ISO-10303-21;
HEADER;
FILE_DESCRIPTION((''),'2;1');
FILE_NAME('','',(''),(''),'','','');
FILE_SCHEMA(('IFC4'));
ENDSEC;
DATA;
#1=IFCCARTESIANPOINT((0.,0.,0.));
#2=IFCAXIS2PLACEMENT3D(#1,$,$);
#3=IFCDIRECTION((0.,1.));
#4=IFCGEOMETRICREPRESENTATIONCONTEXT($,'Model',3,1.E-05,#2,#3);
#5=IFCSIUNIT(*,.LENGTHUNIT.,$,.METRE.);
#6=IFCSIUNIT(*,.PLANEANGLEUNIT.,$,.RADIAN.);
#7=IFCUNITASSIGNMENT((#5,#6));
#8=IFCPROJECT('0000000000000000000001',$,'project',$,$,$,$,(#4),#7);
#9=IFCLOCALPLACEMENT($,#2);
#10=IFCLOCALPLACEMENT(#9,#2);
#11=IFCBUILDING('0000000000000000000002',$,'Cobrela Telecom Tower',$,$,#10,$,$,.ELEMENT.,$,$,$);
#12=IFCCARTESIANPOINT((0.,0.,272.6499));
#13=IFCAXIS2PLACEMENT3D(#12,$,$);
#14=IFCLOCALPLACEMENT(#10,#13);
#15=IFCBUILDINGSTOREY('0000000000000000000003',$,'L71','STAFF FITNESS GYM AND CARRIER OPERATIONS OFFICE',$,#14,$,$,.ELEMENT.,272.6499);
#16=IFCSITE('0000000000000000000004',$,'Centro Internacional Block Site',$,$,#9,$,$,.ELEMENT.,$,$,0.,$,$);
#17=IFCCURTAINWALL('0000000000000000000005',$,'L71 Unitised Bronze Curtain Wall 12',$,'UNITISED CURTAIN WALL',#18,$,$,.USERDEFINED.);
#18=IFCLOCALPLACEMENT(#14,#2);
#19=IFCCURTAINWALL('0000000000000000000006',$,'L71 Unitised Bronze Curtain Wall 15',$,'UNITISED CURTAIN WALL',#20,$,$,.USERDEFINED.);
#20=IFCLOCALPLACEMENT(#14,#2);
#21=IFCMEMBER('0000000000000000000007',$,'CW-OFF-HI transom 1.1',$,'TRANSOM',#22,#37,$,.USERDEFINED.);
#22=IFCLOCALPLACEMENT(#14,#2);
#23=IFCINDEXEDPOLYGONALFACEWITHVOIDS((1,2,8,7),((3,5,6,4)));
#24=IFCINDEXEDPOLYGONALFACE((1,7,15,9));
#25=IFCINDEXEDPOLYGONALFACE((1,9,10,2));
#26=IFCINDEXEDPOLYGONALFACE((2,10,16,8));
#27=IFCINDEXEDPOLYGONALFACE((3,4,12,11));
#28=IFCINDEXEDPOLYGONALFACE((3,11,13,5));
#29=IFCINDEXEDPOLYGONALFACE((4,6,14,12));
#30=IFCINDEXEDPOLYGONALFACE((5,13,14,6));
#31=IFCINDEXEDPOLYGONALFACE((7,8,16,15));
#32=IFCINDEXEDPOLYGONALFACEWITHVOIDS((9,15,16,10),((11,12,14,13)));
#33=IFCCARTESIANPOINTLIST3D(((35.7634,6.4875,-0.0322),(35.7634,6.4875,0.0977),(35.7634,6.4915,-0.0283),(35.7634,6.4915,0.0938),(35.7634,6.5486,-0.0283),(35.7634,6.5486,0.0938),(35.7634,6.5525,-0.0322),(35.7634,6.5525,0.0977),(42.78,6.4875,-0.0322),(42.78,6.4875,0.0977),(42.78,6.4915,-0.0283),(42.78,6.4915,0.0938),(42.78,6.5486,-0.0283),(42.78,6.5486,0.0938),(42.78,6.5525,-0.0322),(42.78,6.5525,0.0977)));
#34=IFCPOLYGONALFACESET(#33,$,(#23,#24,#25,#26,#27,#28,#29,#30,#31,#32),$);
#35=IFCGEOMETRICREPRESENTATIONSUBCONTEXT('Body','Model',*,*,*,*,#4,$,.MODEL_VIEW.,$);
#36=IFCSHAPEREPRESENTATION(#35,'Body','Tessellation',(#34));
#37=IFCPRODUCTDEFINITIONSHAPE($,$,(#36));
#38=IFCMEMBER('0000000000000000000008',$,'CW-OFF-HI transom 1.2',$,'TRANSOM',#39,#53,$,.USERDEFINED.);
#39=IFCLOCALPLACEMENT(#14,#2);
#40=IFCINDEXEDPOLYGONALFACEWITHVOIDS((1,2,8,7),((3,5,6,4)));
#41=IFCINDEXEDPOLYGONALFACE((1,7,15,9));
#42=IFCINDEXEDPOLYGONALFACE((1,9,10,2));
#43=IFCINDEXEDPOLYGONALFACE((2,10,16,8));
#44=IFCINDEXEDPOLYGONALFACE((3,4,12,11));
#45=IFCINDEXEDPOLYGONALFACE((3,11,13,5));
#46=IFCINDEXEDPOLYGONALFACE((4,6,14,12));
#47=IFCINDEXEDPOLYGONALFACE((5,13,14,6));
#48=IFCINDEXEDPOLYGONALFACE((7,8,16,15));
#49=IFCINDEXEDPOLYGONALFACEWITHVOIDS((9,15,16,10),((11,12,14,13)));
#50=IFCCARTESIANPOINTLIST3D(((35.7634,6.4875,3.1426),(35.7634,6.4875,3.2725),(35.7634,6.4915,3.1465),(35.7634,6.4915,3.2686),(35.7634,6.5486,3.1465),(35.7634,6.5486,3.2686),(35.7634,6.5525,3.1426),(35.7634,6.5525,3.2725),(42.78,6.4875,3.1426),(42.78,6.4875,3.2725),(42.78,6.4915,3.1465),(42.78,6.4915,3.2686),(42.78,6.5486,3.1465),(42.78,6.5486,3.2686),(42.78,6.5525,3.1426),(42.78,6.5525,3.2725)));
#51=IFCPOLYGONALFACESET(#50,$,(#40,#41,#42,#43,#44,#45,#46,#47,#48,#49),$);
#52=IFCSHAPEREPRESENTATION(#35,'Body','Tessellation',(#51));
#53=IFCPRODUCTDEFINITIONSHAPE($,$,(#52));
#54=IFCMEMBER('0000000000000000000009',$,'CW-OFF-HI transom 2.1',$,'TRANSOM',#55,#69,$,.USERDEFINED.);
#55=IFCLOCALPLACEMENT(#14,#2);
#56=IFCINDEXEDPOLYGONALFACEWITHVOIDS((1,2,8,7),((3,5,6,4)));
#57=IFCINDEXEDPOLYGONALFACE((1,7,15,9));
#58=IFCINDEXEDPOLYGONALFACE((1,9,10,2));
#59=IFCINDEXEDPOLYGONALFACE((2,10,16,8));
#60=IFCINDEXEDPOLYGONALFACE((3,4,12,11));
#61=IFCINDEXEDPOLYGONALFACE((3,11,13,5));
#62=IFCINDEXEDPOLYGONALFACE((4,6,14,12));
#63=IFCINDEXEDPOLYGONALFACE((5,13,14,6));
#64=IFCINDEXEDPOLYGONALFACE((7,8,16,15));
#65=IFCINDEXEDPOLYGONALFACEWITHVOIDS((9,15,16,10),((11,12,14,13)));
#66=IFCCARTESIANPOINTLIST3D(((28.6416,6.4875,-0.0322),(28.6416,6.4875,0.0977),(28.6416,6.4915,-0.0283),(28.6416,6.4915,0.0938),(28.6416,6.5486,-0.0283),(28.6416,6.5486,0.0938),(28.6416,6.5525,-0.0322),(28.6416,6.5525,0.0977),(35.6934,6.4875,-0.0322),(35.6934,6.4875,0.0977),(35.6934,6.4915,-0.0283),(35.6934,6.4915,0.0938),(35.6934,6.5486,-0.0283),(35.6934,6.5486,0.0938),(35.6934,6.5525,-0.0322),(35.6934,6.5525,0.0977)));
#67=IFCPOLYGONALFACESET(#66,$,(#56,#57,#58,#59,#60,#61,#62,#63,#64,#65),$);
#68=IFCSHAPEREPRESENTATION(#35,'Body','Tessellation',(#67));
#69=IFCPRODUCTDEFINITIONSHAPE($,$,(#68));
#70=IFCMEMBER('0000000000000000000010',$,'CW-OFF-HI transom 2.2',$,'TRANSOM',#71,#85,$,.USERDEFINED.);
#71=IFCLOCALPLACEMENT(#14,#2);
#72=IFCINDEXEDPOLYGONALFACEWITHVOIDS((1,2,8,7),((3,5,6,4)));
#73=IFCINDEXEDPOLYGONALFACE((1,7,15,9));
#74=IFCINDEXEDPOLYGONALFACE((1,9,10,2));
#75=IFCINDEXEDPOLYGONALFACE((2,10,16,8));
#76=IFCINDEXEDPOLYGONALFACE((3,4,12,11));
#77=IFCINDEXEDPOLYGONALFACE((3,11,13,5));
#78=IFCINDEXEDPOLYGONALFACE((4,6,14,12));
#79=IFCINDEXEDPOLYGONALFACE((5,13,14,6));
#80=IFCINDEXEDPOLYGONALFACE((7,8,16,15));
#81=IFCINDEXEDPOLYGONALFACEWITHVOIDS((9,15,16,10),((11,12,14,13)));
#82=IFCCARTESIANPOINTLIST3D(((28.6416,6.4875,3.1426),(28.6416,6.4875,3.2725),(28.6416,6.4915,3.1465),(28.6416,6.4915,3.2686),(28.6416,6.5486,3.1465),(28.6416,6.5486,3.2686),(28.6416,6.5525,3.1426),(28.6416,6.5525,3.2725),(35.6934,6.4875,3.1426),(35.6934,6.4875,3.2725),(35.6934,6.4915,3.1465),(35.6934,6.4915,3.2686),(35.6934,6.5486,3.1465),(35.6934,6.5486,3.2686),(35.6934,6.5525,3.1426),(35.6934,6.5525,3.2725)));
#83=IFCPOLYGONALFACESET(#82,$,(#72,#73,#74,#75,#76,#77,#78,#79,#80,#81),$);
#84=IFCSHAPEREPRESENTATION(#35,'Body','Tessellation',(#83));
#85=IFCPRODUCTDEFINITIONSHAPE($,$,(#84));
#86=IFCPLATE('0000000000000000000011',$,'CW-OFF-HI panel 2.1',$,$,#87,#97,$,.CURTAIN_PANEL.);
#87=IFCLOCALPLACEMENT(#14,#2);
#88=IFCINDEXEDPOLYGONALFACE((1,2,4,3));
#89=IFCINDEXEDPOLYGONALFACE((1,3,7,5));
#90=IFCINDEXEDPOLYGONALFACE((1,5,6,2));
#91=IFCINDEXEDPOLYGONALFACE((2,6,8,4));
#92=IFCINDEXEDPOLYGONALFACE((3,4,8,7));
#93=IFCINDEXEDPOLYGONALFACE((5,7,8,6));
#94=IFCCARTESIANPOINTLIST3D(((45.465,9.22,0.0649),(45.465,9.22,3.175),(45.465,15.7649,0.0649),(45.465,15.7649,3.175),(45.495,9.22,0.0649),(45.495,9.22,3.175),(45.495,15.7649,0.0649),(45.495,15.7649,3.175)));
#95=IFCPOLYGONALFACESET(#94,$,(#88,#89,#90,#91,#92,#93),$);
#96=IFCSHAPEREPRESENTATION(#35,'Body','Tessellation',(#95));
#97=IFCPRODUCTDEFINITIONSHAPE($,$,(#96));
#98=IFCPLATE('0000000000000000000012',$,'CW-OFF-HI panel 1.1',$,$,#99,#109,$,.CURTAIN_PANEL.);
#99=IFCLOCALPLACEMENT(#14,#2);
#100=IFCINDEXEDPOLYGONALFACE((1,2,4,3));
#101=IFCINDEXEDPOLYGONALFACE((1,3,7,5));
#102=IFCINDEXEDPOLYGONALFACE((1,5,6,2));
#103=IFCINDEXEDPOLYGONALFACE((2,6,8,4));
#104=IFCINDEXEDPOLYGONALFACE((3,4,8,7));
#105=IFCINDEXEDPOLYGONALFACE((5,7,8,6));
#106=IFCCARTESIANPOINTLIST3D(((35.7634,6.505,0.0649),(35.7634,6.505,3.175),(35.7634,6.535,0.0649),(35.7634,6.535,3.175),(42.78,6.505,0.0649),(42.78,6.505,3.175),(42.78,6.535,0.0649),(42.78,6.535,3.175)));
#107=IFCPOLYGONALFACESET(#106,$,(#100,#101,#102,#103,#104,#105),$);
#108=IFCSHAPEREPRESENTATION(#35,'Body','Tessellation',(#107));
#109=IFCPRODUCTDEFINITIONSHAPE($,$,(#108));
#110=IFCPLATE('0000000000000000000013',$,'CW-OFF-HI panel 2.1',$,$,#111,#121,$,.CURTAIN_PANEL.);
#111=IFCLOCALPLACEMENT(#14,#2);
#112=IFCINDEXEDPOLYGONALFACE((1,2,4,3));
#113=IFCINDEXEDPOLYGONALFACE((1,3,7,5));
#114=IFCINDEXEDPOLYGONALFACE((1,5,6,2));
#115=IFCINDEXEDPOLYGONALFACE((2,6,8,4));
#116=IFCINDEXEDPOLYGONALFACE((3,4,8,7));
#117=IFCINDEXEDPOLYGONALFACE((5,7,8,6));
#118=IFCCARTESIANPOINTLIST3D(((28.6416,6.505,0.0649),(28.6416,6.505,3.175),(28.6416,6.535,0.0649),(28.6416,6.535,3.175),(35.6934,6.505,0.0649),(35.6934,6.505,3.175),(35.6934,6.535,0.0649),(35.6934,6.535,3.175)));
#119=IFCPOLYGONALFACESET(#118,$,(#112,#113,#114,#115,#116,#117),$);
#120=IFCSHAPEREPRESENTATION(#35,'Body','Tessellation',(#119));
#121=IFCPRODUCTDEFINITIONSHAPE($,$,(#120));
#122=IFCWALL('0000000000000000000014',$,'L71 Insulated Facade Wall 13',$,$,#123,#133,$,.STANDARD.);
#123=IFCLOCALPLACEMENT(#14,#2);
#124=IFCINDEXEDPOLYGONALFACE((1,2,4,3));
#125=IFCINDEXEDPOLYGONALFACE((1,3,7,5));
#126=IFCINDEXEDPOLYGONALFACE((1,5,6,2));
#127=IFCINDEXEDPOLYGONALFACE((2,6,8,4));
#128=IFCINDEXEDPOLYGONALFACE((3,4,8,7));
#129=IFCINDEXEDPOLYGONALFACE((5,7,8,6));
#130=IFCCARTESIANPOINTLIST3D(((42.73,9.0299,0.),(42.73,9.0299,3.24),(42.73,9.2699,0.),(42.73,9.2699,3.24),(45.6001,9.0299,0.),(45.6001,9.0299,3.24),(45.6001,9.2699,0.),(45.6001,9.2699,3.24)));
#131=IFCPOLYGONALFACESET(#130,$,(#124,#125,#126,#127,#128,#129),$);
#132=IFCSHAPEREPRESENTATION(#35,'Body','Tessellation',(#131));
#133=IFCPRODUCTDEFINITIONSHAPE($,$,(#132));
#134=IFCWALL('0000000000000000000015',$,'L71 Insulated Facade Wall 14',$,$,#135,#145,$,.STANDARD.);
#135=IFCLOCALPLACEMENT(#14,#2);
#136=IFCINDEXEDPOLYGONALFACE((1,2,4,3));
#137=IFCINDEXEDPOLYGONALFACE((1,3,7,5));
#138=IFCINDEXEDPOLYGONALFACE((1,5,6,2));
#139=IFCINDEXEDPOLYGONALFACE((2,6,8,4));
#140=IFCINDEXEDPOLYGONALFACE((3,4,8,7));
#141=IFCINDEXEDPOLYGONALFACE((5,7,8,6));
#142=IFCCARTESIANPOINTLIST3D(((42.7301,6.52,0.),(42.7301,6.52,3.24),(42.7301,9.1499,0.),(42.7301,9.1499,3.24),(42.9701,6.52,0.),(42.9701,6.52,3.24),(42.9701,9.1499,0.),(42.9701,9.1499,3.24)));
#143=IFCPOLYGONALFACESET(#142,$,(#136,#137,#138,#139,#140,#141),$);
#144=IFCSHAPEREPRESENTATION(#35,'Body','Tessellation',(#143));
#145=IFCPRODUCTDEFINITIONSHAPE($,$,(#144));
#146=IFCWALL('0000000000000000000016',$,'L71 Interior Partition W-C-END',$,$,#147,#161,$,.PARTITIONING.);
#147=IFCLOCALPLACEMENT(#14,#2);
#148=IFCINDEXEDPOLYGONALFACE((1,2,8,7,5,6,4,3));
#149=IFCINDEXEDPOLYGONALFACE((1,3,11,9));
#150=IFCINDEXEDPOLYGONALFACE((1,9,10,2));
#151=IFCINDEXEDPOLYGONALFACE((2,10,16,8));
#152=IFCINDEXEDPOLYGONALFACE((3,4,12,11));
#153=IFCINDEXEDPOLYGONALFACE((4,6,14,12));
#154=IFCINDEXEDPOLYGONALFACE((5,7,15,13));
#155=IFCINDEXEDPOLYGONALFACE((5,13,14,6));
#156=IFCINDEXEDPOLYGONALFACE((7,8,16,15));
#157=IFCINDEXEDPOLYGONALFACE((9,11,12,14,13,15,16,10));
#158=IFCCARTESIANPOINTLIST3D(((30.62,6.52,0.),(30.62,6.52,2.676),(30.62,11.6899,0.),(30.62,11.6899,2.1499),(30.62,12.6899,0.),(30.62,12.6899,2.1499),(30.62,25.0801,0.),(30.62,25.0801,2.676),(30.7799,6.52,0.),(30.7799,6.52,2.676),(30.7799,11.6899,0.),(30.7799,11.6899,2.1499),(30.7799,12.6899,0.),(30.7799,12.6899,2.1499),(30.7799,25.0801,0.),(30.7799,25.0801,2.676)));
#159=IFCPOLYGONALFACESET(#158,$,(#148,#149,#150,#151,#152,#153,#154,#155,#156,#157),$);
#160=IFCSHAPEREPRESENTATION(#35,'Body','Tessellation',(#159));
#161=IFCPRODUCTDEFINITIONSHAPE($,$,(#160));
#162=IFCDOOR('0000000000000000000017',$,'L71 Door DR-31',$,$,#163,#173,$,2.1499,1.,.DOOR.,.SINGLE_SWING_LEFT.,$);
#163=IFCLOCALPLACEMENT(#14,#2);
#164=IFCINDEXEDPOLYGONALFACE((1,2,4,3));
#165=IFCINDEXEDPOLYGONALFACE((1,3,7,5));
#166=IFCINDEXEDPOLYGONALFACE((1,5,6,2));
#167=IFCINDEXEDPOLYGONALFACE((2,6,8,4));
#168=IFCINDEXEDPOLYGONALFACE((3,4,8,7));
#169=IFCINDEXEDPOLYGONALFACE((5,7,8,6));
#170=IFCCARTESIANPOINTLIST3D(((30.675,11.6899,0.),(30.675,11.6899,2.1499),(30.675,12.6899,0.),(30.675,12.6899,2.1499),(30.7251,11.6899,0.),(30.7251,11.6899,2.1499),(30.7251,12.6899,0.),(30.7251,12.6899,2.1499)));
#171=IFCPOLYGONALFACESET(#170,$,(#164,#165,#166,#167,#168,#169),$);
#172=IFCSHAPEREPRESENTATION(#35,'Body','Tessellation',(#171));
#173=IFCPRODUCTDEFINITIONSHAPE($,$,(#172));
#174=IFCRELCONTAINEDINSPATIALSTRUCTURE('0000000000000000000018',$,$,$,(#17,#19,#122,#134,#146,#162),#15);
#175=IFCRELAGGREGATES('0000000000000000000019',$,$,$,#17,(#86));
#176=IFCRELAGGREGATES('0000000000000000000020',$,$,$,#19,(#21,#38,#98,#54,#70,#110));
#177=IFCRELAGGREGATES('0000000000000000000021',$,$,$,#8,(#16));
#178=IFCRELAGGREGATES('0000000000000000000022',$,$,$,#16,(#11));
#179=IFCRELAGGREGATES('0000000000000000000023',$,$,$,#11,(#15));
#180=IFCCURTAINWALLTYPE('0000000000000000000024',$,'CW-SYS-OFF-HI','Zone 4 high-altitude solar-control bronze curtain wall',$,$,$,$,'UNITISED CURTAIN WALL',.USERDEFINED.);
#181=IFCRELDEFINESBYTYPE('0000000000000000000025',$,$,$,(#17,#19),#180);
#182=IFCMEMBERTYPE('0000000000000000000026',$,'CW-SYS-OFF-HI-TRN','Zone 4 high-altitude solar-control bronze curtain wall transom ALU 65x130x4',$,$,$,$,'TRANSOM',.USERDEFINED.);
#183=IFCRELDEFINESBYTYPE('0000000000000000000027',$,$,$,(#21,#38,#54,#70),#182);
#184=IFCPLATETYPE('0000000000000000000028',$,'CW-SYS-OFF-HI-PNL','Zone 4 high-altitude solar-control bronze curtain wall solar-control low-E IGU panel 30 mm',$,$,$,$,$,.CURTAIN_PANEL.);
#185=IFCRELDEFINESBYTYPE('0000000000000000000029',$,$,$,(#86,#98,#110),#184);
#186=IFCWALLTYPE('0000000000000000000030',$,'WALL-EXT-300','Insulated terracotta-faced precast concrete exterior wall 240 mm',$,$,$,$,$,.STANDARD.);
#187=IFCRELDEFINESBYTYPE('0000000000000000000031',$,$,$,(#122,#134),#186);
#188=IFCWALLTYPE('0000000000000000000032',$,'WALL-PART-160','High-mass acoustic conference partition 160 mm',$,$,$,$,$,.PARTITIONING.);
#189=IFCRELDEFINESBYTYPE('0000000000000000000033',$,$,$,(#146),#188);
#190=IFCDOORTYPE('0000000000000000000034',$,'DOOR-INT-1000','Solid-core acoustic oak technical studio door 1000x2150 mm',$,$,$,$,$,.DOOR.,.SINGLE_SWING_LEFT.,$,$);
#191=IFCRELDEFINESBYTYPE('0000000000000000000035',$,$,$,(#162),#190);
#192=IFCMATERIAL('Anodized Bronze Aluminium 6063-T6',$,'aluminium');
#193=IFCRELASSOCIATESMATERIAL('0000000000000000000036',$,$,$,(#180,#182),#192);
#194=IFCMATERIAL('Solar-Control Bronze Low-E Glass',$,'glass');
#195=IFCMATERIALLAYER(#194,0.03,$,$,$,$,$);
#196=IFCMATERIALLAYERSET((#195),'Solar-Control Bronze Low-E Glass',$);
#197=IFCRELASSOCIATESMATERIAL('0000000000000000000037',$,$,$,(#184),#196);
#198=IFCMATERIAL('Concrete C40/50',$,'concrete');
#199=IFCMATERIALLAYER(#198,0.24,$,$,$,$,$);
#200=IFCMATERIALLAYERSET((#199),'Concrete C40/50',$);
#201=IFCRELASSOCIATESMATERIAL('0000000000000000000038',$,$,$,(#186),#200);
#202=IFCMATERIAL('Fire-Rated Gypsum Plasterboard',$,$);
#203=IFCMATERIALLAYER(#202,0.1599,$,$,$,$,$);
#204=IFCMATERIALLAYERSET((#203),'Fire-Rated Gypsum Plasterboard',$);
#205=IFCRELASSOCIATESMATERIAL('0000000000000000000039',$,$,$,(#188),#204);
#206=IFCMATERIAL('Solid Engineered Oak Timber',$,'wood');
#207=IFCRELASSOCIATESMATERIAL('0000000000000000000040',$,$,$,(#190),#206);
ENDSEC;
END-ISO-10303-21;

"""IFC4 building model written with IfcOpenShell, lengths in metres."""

from ifc_helpers import new_model, si_unit, direction, frame, frame_2d, origin, origin_2d, place, context, subcontext, project, spatial, rectangle, hollow_rectangle, extrude, material, layer, layer_set, material_profile, profile_set, type_object, element, fill, aggregate, save


model = new_model("IFC4")

# Units and contexts
model_context = context("Model", 3, precision=1e-05, world=origin(), true_north=direction((0.0, 1.0)))
body_context = subcontext(model_context, "Body", "Model", "MODEL_VIEW")
ifc_project = project(units=[si_unit("LENGTHUNIT", "METRE"), si_unit("PLANEANGLEUNIT", "RADIAN")], contexts=[model_context])

# Site, building, storey
site_placement = place(None, origin())
site = spatial("IfcSite", under=ifc_project, at=site_placement, Name="Centro Internacional Block Site", CompositionType="ELEMENT", RefElevation=0.0)
building_placement = place(site_placement, origin())
building = spatial("IfcBuilding", under=site, at=building_placement, Name="Cobrela Telecom Tower", CompositionType="ELEMENT")
storey_placement = place(building_placement, frame((0.0, 0.0, 272.6499)))
storey = spatial("IfcBuildingStorey", under=building, at=storey_placement, Name="L71", Description="STAFF FITNESS GYM AND CARRIER OPERATIONS OFFICE", CompositionType="ELEMENT", Elevation=272.6499)

# Curtain wall
ifc_material_1 = material(Name="Anodized Bronze Aluminium 6063-T6", Category="aluminium")
curtain_wall_type = type_object("IfcCurtainWallType", Name="CW-SYS-OFF-HI", Description="Zone 4 high-altitude solar-control bronze curtain wall", ElementType="UNITISED CURTAIN WALL", PredefinedType="USERDEFINED", material=ifc_material_1)
curtain_wall_1_placement = place(storey_placement, origin())
curtain_wall_1 = element("IfcCurtainWall", 1, at=curtain_wall_1_placement, inside=storey, type_object=curtain_wall_type, Name="L71 Unitised Bronze Curtain Wall 12", ObjectType="UNITISED CURTAIN WALL", PredefinedType="USERDEFINED")

# Curtain wall, members
curtain_wall_2_placement = place(storey_placement, origin())
curtain_wall_2 = element("IfcCurtainWall", 2, at=curtain_wall_2_placement, inside=storey, type_object=curtain_wall_type, Name="L71 Unitised Bronze Curtain Wall 15", ObjectType="UNITISED CURTAIN WALL", PredefinedType="USERDEFINED")
ifc_material_profile_1 = material_profile(ifc_material_1, hollow_rectangle(XDim=0.0649, YDim=0.1299, WallThickness=0.0039, at=origin_2d()), Name="ALU 65x130x4")
ifc_profile_set_1 = profile_set([ifc_material_profile_1], Name="Anodized Bronze Aluminium 6063-T6")
member_type_1 = type_object("IfcMemberType", Name="CW-SYS-OFF-HI-TRN", Description="Zone 4 high-altitude solar-control bronze curtain wall transom ALU 65x130x4", ElementType="TRANSOM", PredefinedType="USERDEFINED", material=ifc_profile_set_1)
member_1_placement = place(storey_placement, frame((42.78, 6.52, 0.0327), z_axis=(-1.0, 0.0, 0.0), x_axis=(0.0, -1.0, 0.0)))
member_1 = element("IfcMember", 3, at=member_1_placement, type_object=member_type_1, Name="CW-OFF-HI transom 1.1", ObjectType="TRANSOM", PredefinedType="USERDEFINED", context=body_context, shape_type="SweptSolid", body=[
    extrude(hollow_rectangle(XDim=0.0649, YDim=0.1299, WallThickness=0.0039, at=origin_2d()), origin(), (0.0, 0.0, 1.0), 7.0166),
])
member_2_placement = place(storey_placement, frame((42.78, 6.52, 3.2075), z_axis=(-1.0, 0.0, 0.0), x_axis=(0.0, -1.0, 0.0)))
member_2 = element("IfcMember", 4, at=member_2_placement, type_object=member_type_1, Name="CW-OFF-HI transom 1.2", ObjectType="TRANSOM", PredefinedType="USERDEFINED", context=body_context, shape_type="SweptSolid", body=[
    extrude(hollow_rectangle(XDim=0.0649, YDim=0.1299, WallThickness=0.0039, at=origin_2d()), origin(), (0.0, 0.0, 1.0), 7.0166),
])
member_3_placement = place(storey_placement, frame((35.6934, 6.52, 0.0327), z_axis=(-1.0, 0.0, 0.0), x_axis=(0.0, -1.0, 0.0)))
member_3 = element("IfcMember", 5, at=member_3_placement, type_object=member_type_1, Name="CW-OFF-HI transom 2.1", ObjectType="TRANSOM", PredefinedType="USERDEFINED", context=body_context, shape_type="SweptSolid", body=[
    extrude(hollow_rectangle(XDim=0.0649, YDim=0.1299, WallThickness=0.0039, at=origin_2d()), origin(), (0.0, 0.0, 1.0), 7.0518),
])
member_4_placement = place(storey_placement, frame((35.6934, 6.52, 3.2075), z_axis=(-1.0, 0.0, 0.0), x_axis=(0.0, -1.0, 0.0)))
member_4 = element("IfcMember", 6, at=member_4_placement, type_object=member_type_1, Name="CW-OFF-HI transom 2.2", ObjectType="TRANSOM", PredefinedType="USERDEFINED", context=body_context, shape_type="SweptSolid", body=[
    extrude(hollow_rectangle(XDim=0.0649, YDim=0.1299, WallThickness=0.0039, at=origin_2d()), origin(), (0.0, 0.0, 1.0), 7.0518),
])

# Plates
ifc_material_2 = material(Name="Solar-Control Bronze Low-E Glass", Category="glass")
ifc_layer_1 = layer(ifc_material_2, 0.03)
ifc_layer_set_1 = layer_set([ifc_layer_1], Name="Solar-Control Bronze Low-E Glass")
plate_type = type_object("IfcPlateType", Name="CW-SYS-OFF-HI-PNL", Description="Zone 4 high-altitude solar-control bronze curtain wall solar-control low-E IGU panel 30 mm", PredefinedType="CURTAIN_PANEL", material=ifc_layer_set_1)
plate_1_placement = place(storey_placement, frame((45.48, 12.4924, 0.0649), z_axis=(0.0, 0.0, 1.0), x_axis=(0.0, -1.0, 0.0)))
plate_1 = element("IfcPlate", 7, at=plate_1_placement, type_object=plate_type, Name="CW-OFF-HI panel 2.1", PredefinedType="CURTAIN_PANEL", context=body_context, shape_type="SweptSolid", body=[
    extrude(rectangle(XDim=6.5449, YDim=0.03, at=origin_2d()), origin(), (0.0, 0.0, 1.0), 3.1101),
])
aggregate(curtain_wall_1, [plate_1])
plate_2_placement = place(storey_placement, frame((39.2717, 6.52, 0.0649), z_axis=(0.0, 0.0, 1.0), x_axis=(-1.0, 0.0, 0.0)))
plate_2 = element("IfcPlate", 8, at=plate_2_placement, type_object=plate_type, Name="CW-OFF-HI panel 1.1", PredefinedType="CURTAIN_PANEL", context=body_context, shape_type="SweptSolid", body=[
    extrude(rectangle(XDim=7.0166, YDim=0.03, at=origin_2d()), origin(), (0.0, 0.0, 1.0), 3.1101),
])
plate_3_placement = place(storey_placement, frame((32.1675, 6.52, 0.0649), z_axis=(0.0, 0.0, 1.0), x_axis=(-1.0, 0.0, 0.0)))
plate_3 = element("IfcPlate", 9, at=plate_3_placement, type_object=plate_type, Name="CW-OFF-HI panel 2.1", PredefinedType="CURTAIN_PANEL", context=body_context, shape_type="SweptSolid", body=[
    extrude(rectangle(XDim=7.0518, YDim=0.03, at=origin_2d()), origin(), (0.0, 0.0, 1.0), 3.1101),
])
aggregate(curtain_wall_2, [member_1, member_2, plate_2, member_3, member_4, plate_3])

# Walls
ifc_material_3 = material(Name="Concrete C40/50", Category="concrete")
ifc_layer_2 = layer(ifc_material_3, 0.24)
ifc_layer_set_2 = layer_set([ifc_layer_2], Name="Concrete C40/50")
wall_type_1 = type_object("IfcWallType", Name="WALL-EXT-300", Description="Insulated terracotta-faced precast concrete exterior wall 240 mm", PredefinedType="STANDARD", material=ifc_layer_set_2)
wall_1_placement = place(storey_placement, frame((45.6001, 9.1499, 0.0), z_axis=(0.0, 0.0, 1.0), x_axis=(-1.0, 0.0, 0.0)))
element("IfcWall", 10, at=wall_1_placement, inside=storey, type_object=wall_type_1, Name="L71 Insulated Facade Wall 13", PredefinedType="STANDARD", context=body_context, shape_type="SweptSolid", body=[
    extrude(rectangle(XDim=2.8701, YDim=0.24, at=frame_2d((1.4351, 0.0))), origin(), (0.0, 0.0, 1.0), 3.24),
])
wall_2_placement = place(storey_placement, frame((42.8501, 9.1499, 0.0), z_axis=(0.0, 0.0, 1.0), x_axis=(0.0, -1.0, 0.0)))
element("IfcWall", 11, at=wall_2_placement, inside=storey, type_object=wall_type_1, Name="L71 Insulated Facade Wall 14", PredefinedType="STANDARD", context=body_context, shape_type="SweptSolid", body=[
    extrude(rectangle(XDim=2.6299, YDim=0.24, at=frame_2d((1.3149, 0.0))), origin(), (0.0, 0.0, 1.0), 3.24),
])

# Wall, opening, door
ifc_material_4 = material(Name="Fire-Rated Gypsum Plasterboard")
ifc_layer_3 = layer(ifc_material_4, 0.1599)
ifc_layer_set_3 = layer_set([ifc_layer_3], Name="Fire-Rated Gypsum Plasterboard")
wall_type_2 = type_object("IfcWallType", Name="WALL-PART-160", Description="High-mass acoustic conference partition 160 mm", PredefinedType="PARTITIONING", material=ifc_layer_set_3)
wall_3_placement = place(storey_placement, frame((30.7, 6.52, 0.0), z_axis=(0.0, 0.0, 1.0), x_axis=(0.0, 1.0, 0.0)))
wall_3 = element("IfcWall", 12, at=wall_3_placement, inside=storey, type_object=wall_type_2, Name="L71 Interior Partition W-C-END", PredefinedType="PARTITIONING", context=body_context, shape_type="SweptSolid", body=[
    extrude(rectangle(XDim=18.5601, YDim=0.1599, at=frame_2d((9.28, 0.0))), origin(), (0.0, 0.0, 1.0), 2.676),
])
opening_placement = place(wall_3_placement, frame((5.1699, 0.0, 0.0)))
opening = element("IfcOpeningElement", 13, at=opening_placement, cuts=wall_3, PredefinedType="OPENING", context=body_context, shape_type="SweptSolid", body=[
    extrude(rectangle(XDim=1.0, YDim=2.1499, at=frame_2d((0.5, 1.075))), frame((0.0, 0.0918, 0.0), z_axis=(0.0, -1.0, 0.0), x_axis=(1.0, 0.0, 0.0)), (0.0, 0.0, 1.0), 0.1838),
])
ifc_material_5 = material(Name="Solid Engineered Oak Timber", Category="wood")
door_type = type_object("IfcDoorType", Name="DOOR-INT-1000", Description="Solid-core acoustic oak technical studio door 1000x2150 mm", OperationType="SINGLE_SWING_LEFT", PredefinedType="DOOR", material=ifc_material_5)
door_placement = place(opening_placement, origin())
door = element("IfcDoor", 14, at=door_placement, inside=storey, type_object=door_type, Name="L71 Door DR-31", OperationType="SINGLE_SWING_LEFT", OverallHeight=2.1499, OverallWidth=1.0, PredefinedType="DOOR", context=body_context, shape_type="SweptSolid", body=[
    extrude(rectangle(XDim=1.0, YDim=2.1499, at=frame_2d((0.5, 1.075))), frame((0.0, 0.0249, 0.0), z_axis=(0.0, -1.0, 0.0), x_axis=(1.0, 0.0, 0.0)), (0.0, 0.0, 1.0), 0.05),
])
fill(opening, door)

save(model, "model.ifc")
